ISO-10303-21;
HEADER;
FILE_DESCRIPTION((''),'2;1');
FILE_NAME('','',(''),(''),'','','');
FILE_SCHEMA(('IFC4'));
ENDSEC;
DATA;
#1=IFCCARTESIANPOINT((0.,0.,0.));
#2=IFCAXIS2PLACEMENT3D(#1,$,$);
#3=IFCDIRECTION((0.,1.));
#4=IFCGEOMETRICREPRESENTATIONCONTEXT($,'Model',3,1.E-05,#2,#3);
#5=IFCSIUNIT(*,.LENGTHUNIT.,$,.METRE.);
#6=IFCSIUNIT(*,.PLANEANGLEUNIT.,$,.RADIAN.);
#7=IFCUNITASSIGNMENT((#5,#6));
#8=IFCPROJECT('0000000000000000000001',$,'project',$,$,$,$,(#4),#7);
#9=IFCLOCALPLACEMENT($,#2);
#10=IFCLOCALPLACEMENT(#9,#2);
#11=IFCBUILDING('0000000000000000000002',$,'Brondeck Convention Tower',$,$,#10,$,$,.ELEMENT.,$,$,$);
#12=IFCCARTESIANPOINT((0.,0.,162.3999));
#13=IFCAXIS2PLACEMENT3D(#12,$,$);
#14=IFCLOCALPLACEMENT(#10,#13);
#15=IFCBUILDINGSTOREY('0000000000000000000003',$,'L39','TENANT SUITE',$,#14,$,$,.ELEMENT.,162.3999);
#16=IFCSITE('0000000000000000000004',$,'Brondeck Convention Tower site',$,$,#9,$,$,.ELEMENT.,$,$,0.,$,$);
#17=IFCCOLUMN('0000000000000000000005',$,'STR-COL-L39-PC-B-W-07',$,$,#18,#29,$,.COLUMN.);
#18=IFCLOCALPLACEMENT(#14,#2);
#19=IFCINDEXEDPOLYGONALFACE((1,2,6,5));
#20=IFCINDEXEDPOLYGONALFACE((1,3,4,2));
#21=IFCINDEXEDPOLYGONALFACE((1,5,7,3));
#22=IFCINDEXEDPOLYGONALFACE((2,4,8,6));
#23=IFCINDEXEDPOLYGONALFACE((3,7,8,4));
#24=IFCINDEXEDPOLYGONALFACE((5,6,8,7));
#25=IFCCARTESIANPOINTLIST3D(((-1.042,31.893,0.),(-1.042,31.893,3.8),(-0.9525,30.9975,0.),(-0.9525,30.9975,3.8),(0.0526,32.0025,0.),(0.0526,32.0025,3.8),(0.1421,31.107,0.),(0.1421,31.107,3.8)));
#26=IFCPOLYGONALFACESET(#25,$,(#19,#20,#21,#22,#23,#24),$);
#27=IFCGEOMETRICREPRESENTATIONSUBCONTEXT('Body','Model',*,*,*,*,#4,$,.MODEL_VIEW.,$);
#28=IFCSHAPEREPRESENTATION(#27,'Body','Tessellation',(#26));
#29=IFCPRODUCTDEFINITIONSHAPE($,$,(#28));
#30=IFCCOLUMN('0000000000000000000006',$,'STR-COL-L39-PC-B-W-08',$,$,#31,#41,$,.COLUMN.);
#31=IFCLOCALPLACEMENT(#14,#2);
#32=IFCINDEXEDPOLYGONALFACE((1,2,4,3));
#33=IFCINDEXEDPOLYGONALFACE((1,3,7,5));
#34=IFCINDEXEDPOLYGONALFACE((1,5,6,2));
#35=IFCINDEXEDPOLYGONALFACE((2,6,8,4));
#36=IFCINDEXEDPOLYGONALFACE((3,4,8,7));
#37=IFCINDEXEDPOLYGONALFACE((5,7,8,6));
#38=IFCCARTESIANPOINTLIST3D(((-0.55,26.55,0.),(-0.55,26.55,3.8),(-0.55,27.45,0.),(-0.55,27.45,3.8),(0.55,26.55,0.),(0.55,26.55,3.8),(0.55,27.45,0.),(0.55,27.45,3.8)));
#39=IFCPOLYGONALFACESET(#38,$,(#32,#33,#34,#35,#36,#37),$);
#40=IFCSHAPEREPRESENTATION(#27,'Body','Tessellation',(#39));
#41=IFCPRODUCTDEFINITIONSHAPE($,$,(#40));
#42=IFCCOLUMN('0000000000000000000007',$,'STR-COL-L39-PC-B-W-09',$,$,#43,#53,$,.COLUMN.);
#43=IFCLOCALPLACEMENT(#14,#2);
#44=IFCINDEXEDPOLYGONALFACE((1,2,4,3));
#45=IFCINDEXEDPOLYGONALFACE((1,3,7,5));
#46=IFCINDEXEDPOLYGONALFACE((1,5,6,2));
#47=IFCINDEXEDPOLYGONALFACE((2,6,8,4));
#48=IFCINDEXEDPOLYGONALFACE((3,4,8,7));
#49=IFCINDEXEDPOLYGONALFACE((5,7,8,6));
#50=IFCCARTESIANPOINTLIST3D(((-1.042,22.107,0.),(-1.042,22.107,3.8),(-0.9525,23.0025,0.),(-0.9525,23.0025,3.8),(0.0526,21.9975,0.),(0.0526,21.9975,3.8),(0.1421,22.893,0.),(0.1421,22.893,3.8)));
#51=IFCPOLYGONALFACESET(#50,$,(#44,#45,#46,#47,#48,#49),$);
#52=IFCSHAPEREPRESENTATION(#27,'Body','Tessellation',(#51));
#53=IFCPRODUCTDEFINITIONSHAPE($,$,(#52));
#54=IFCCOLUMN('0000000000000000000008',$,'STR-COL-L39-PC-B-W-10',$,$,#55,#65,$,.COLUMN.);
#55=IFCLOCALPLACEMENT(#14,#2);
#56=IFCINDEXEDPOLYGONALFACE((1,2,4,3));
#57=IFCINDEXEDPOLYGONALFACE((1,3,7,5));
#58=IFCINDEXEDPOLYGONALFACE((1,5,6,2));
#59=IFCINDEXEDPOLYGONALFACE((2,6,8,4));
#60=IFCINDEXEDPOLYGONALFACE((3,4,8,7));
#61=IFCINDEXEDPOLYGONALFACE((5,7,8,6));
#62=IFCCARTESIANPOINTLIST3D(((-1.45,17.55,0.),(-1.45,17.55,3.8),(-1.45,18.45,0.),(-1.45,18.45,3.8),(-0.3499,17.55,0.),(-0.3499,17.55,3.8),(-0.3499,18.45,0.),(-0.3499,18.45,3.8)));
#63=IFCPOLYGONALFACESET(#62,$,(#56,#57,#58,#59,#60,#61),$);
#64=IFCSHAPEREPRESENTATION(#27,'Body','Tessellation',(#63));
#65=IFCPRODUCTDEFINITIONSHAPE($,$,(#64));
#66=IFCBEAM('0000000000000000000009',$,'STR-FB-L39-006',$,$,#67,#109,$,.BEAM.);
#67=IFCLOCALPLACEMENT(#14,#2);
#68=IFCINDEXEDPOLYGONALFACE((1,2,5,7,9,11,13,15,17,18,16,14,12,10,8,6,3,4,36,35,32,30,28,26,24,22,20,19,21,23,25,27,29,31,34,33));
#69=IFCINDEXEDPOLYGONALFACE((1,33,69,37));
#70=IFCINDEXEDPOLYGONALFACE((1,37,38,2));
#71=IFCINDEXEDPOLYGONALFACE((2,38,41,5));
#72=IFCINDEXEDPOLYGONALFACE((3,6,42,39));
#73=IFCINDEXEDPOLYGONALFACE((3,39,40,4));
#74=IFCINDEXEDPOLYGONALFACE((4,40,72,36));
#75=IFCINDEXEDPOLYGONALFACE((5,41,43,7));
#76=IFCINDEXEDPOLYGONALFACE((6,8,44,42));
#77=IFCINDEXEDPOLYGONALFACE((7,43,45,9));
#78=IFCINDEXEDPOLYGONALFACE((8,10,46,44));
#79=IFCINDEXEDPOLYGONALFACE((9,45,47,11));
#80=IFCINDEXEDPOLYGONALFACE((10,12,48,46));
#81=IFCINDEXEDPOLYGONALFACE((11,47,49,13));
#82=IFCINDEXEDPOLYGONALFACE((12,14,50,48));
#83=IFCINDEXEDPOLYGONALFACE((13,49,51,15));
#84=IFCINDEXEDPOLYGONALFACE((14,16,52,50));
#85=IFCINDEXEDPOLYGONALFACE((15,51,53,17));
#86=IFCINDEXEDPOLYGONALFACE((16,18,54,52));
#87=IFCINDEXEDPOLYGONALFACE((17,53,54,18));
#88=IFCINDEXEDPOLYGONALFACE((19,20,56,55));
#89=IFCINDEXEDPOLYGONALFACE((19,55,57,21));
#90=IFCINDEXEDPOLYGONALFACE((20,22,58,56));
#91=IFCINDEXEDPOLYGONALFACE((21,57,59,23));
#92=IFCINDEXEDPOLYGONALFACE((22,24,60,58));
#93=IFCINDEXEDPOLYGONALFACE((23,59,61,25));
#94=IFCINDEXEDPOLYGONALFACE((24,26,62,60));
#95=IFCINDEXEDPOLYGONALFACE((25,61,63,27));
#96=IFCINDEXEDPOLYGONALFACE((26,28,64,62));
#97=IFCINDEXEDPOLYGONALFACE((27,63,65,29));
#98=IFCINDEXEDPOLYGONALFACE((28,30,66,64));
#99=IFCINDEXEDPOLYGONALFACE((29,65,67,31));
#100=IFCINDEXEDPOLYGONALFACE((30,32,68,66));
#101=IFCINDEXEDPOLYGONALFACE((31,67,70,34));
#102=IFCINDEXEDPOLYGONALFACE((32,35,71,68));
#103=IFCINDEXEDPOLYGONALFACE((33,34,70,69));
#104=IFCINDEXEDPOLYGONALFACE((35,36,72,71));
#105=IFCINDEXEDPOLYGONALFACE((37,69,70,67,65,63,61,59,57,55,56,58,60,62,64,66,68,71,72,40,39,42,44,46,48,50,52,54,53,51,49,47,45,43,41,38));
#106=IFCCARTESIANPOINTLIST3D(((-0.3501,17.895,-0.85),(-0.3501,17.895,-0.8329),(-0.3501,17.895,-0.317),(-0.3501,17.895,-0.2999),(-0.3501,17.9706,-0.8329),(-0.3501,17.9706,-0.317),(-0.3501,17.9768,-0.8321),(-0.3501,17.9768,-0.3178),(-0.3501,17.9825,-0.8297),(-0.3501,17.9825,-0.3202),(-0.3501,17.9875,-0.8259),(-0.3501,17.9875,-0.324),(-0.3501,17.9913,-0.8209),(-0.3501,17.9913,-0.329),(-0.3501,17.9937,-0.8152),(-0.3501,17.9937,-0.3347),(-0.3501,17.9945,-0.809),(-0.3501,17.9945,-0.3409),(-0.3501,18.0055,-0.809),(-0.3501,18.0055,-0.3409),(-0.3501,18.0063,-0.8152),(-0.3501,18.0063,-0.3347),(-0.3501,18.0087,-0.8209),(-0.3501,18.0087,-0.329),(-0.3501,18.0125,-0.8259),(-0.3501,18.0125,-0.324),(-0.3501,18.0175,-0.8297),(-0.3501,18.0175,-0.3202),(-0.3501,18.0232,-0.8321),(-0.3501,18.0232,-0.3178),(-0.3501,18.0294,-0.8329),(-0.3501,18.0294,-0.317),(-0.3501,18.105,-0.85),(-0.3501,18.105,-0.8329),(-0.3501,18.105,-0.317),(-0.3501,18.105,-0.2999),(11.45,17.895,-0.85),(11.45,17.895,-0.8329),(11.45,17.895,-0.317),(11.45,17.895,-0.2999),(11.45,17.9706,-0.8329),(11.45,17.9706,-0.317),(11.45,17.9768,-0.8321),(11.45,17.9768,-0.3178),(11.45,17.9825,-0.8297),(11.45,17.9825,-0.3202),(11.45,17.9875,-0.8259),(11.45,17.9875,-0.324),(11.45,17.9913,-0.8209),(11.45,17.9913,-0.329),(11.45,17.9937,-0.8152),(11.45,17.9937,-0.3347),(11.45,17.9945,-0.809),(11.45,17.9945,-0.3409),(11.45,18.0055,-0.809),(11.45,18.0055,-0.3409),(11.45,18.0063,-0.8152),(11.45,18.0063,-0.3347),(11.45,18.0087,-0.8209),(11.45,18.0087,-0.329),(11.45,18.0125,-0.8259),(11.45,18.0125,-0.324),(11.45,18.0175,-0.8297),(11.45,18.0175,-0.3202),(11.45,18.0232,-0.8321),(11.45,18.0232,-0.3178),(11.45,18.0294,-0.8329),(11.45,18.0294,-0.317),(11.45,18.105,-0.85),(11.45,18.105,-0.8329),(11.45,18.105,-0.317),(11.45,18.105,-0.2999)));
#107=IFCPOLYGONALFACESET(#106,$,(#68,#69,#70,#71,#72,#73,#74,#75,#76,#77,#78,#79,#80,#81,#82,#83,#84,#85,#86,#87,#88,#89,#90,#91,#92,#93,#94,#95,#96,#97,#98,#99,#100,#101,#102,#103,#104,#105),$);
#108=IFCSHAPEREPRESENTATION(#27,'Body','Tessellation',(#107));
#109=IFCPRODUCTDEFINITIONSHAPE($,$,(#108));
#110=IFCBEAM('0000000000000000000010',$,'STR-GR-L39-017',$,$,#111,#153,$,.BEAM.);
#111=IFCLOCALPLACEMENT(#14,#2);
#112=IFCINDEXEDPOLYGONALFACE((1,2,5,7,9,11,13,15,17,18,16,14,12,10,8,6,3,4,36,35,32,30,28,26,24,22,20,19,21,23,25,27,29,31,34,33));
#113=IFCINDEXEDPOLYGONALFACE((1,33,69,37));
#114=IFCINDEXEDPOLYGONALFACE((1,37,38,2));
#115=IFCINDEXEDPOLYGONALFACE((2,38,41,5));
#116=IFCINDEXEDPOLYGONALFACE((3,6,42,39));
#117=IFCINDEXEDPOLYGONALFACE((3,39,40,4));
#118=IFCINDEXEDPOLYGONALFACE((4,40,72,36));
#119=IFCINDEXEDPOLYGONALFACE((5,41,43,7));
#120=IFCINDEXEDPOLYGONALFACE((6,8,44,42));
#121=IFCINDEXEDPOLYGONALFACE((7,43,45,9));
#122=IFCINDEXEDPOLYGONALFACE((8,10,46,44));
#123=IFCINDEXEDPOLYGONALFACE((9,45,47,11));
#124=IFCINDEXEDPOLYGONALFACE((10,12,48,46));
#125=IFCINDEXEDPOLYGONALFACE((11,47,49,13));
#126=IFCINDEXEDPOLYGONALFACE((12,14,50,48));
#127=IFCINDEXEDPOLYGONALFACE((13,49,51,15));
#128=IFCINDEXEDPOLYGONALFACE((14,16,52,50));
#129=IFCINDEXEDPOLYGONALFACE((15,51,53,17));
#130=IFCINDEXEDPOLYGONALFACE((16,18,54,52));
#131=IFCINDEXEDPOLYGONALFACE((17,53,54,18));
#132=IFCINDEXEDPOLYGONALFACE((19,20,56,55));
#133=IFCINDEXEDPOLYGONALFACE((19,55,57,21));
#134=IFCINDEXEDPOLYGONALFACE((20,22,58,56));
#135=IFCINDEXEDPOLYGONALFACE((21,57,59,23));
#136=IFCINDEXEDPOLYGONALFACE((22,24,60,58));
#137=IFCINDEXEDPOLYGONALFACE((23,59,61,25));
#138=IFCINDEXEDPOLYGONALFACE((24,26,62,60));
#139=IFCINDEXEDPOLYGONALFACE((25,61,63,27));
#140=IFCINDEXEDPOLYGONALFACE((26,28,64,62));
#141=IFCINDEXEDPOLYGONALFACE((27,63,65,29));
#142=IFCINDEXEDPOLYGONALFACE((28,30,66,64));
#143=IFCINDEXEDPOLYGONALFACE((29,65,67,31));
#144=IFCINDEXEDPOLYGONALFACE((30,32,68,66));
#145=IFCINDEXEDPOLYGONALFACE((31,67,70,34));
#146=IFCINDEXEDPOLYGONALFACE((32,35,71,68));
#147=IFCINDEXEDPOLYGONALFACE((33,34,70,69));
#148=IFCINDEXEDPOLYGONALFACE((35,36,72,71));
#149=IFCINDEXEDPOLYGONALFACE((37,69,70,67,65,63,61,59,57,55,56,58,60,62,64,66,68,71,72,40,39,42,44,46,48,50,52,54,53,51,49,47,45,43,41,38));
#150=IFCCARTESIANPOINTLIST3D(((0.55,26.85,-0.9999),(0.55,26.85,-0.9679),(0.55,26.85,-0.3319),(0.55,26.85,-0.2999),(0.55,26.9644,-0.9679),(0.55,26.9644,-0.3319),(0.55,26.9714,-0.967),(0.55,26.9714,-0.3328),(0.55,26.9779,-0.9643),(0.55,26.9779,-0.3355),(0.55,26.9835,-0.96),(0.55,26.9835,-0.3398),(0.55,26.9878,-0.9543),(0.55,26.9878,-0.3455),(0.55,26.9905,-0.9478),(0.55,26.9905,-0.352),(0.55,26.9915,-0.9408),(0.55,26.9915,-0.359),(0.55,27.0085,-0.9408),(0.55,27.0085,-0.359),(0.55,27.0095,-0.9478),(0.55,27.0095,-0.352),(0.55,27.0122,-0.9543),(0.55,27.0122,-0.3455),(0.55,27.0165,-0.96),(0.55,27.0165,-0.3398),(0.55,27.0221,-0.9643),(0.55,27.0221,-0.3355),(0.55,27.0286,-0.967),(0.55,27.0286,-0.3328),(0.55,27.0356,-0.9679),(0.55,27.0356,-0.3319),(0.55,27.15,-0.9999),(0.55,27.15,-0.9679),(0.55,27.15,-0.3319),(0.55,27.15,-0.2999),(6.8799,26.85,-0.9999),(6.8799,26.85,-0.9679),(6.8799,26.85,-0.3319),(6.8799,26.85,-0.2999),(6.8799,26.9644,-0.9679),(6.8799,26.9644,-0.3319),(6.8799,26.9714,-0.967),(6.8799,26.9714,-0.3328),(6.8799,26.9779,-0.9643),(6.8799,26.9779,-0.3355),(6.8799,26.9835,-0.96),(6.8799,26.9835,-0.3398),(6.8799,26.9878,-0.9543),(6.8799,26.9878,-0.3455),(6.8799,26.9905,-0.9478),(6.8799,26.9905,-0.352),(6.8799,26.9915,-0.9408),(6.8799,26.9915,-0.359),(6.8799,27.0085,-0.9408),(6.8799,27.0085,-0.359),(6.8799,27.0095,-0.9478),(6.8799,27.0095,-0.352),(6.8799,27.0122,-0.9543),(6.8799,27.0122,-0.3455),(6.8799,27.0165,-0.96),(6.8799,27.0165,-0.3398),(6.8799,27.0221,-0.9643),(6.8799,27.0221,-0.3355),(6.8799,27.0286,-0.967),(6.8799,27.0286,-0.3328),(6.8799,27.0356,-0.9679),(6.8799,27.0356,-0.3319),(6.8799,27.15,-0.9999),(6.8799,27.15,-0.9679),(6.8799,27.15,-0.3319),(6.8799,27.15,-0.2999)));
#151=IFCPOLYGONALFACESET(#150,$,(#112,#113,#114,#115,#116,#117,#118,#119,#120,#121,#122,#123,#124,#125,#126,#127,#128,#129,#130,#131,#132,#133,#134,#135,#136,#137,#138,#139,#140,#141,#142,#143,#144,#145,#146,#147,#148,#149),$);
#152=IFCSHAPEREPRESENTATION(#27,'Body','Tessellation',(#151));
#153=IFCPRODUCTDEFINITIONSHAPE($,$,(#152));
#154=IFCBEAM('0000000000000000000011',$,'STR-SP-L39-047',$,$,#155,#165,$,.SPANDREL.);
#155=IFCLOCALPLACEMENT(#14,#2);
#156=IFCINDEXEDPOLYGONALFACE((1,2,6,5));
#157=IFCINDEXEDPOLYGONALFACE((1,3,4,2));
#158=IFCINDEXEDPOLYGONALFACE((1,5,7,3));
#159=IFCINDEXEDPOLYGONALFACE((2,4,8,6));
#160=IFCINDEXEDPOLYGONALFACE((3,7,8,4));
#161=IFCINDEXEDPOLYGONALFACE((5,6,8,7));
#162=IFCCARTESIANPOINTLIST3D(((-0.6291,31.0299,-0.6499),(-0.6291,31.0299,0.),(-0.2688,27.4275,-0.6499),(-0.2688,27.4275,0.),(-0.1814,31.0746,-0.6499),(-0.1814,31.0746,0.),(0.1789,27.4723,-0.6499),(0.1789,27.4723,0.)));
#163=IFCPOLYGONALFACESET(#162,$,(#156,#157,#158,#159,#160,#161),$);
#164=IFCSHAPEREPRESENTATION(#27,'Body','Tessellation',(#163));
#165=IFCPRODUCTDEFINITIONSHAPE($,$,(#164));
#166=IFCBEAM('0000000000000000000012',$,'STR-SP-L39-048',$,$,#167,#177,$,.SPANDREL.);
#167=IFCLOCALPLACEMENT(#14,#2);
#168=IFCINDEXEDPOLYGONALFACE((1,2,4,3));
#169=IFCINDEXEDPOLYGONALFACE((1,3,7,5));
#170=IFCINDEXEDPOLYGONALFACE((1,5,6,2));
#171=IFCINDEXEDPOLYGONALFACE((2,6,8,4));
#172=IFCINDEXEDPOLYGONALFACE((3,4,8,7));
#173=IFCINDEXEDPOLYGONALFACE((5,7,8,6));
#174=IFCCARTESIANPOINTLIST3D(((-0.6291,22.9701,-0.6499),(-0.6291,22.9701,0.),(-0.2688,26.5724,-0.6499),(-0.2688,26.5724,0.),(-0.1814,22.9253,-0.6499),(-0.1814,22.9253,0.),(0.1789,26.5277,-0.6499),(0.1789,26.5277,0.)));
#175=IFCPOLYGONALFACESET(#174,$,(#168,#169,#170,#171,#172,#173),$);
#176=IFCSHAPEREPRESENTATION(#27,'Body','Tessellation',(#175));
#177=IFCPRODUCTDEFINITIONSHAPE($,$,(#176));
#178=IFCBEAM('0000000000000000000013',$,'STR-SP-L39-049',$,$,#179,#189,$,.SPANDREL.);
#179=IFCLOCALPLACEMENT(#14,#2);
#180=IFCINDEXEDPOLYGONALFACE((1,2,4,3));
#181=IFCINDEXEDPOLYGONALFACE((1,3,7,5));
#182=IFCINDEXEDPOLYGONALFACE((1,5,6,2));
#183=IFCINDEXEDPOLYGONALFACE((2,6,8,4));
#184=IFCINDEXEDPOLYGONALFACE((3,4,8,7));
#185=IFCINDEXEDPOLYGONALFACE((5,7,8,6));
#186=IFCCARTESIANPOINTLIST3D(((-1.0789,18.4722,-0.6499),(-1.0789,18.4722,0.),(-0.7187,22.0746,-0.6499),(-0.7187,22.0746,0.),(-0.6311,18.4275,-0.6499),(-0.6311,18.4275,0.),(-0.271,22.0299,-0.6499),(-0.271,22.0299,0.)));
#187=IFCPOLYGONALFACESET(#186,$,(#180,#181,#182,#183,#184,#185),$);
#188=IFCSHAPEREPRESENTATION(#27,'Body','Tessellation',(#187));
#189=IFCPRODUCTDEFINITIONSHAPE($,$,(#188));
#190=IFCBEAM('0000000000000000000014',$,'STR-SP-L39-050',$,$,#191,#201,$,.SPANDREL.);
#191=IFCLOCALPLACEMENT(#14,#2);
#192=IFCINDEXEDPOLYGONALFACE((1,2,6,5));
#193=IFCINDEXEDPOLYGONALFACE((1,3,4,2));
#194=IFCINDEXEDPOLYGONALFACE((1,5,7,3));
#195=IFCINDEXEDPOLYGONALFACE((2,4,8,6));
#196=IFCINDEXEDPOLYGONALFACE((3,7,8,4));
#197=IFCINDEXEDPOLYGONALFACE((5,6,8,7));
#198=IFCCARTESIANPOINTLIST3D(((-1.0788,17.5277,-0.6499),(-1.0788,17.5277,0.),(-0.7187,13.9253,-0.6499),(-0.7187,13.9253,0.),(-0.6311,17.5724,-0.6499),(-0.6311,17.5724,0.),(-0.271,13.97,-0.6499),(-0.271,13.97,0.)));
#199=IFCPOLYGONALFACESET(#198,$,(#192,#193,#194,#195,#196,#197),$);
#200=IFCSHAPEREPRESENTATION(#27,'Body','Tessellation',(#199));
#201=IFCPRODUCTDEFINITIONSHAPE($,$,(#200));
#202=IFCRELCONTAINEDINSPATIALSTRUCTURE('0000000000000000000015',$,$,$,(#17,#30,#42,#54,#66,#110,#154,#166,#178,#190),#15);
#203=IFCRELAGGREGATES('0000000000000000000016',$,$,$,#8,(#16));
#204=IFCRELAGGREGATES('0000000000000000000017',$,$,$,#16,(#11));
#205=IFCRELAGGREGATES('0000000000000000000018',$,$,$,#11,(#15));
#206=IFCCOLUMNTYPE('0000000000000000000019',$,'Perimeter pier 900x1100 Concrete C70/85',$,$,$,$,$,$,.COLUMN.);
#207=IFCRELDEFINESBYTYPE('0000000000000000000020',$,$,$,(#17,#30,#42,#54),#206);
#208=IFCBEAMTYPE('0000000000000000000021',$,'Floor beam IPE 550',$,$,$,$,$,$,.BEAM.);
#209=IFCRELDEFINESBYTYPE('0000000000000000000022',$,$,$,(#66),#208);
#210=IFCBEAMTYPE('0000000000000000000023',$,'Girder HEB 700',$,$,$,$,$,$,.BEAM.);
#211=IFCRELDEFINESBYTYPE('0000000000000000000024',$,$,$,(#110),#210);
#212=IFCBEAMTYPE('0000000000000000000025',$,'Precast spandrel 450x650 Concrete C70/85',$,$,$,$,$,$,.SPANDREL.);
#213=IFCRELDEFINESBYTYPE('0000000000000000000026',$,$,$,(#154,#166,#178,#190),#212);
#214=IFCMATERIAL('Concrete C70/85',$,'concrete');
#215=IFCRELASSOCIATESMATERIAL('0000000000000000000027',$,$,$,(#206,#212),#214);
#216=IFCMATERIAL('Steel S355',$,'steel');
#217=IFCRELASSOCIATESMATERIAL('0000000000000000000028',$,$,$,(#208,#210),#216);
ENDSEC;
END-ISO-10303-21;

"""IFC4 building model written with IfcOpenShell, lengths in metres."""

from ifc_helpers import new_model, si_unit, direction, frame, origin, origin_2d, place, context, subcontext, project, spatial, rectangle, i_section, extrude, material, material_profile, profile_set, type_object, element, save


model = new_model("IFC4")

# Units and contexts
model_context = context("Model", 3, precision=1e-05, world=origin(), true_north=direction((0.0, 1.0)))
body_context = subcontext(model_context, "Body", "Model", "MODEL_VIEW")
ifc_project = project(units=[si_unit("LENGTHUNIT", "METRE"), si_unit("PLANEANGLEUNIT", "RADIAN")], contexts=[model_context])

# Site, building, storey
site_placement = place(None, origin())
site = spatial("IfcSite", under=ifc_project, at=site_placement, Name="Brondeck Convention Tower site", CompositionType="ELEMENT", RefElevation=0.0)
building_placement = place(site_placement, origin())
building = spatial("IfcBuilding", under=site, at=building_placement, Name="Brondeck Convention Tower", CompositionType="ELEMENT")
storey_placement = place(building_placement, frame((0.0, 0.0, 162.3999)))
storey = spatial("IfcBuildingStorey", under=building, at=storey_placement, Name="L39", Description="TENANT SUITE", CompositionType="ELEMENT", Elevation=162.3999)

# Columns
ifc_material_1 = material(Name="Concrete C70/85", Category="concrete")
ifc_material_profile_1 = material_profile(ifc_material_1, rectangle(XDim=0.8999, YDim=1.1001, at=origin_2d()), Name="Perimeter pier 900x1100 Concrete C70/85")
ifc_profile_set_1 = profile_set([ifc_material_profile_1], Name="Concrete C70/85")
column_type = type_object("IfcColumnType", Name="Perimeter pier 900x1100 Concrete C70/85", PredefinedType="COLUMN", material=ifc_profile_set_1)
for number, where, z_axis, x_axis, name in (
    (1, (-0.45, 31.5, 0.0), (0.0, 0.0, 1.0), (0.099504, -0.995037, 0.0), "STR-COL-L39-PC-B-W-07"),
    (2, (0.0, 27.0, 0.0), (0.0, 0.0, 1.0), (0.0, -1.0, 0.0), "STR-COL-L39-PC-B-W-08"),
    (3, (-0.45, 22.5, 0.0), (0.0, 0.0, 1.0), (-0.099504, -0.995037, 0.0), "STR-COL-L39-PC-B-W-09"),
    (4, (-0.8999, 18.0, 0.0), (0.0, 0.0, 1.0), (0.0, -1.0, 0.0), "STR-COL-L39-PC-B-W-10"),
):
    element("IfcColumn", number, at=place(storey_placement, frame(where, z_axis=z_axis, x_axis=x_axis)), inside=storey, type_object=column_type, Name=name, PredefinedType="COLUMN", context=body_context, shape_type="SweptSolid", body=[
        extrude(rectangle(XDim=0.8999, YDim=1.1001, at=origin_2d()), origin(), (0.0, 0.0, 1.0), 3.8),
    ])

# Beams
ifc_material_2 = material(Name="Steel S355", Category="steel")
ifc_material_profile_2 = material_profile(ifc_material_2, i_section(OverallWidth=0.21, OverallDepth=0.55, WebThickness=0.011, FlangeThickness=0.0171, FilletRadius=0.0239, at=origin_2d()), Name="IPE 550")
ifc_profile_set_2 = profile_set([ifc_material_profile_2], Name="Steel S355")
beam_type_1 = type_object("IfcBeamType", Name="Floor beam IPE 550", PredefinedType="BEAM", material=ifc_profile_set_2)
beam_1_placement = place(storey_placement, frame((-0.3501, 18.0, -0.575), z_axis=(1.0, 0.0, 0.0), x_axis=(0.0, 1.0, 0.0)))
element("IfcBeam", 5, at=beam_1_placement, inside=storey, type_object=beam_type_1, Name="STR-FB-L39-006", PredefinedType="BEAM", context=body_context, shape_type="SweptSolid", body=[
    extrude(i_section(OverallWidth=0.21, OverallDepth=0.55, WebThickness=0.011, FlangeThickness=0.0171, FilletRadius=0.0239, at=origin_2d()), origin(), (0.0, 0.0, 1.0), 11.8),
])
ifc_material_profile_3 = material_profile(ifc_material_2, i_section(OverallWidth=0.3, OverallDepth=0.7, WebThickness=0.0171, FlangeThickness=0.032, FilletRadius=0.0271, at=origin_2d()), Name="HEB 700")
ifc_profile_set_3 = profile_set([ifc_material_profile_3], Name="Steel S355")
beam_type_2 = type_object("IfcBeamType", Name="Girder HEB 700", PredefinedType="BEAM", material=ifc_profile_set_3)
beam_2_placement = place(storey_placement, frame((0.55, 27.0, -0.6499), z_axis=(1.0, 0.0, 0.0), x_axis=(0.0, 1.0, 0.0)))
element("IfcBeam", 6, at=beam_2_placement, inside=storey, type_object=beam_type_2, Name="STR-GR-L39-017", PredefinedType="BEAM", context=body_context, shape_type="SweptSolid", body=[
    extrude(i_section(OverallWidth=0.3, OverallDepth=0.7, WebThickness=0.0171, FlangeThickness=0.032, FilletRadius=0.0271, at=origin_2d()), origin(), (0.0, 0.0, 1.0), 6.3298),
])
ifc_material_profile_4 = material_profile(ifc_material_1, rectangle(XDim=0.45, YDim=0.6499, at=origin_2d()), Name="Precast spandrel 450x650 Concrete C70/85")
ifc_profile_set_4 = profile_set([ifc_material_profile_4], Name="Concrete C70/85")
beam_type_3 = type_object("IfcBeamType", Name="Precast spandrel 450x650 Concrete C70/85", PredefinedType="SPANDREL", material=ifc_profile_set_4)
for number, where, z_axis, x_axis, name in (
    (7, (-0.4053, 31.0522, -0.325), (0.099537, -0.995034, 0.0), (0.995034, 0.099537, 0.0), "STR-SP-L39-047"),
    (8, (-0.0449, 26.55, -0.325), (-0.099537, -0.995034, 0.0), (0.995034, -0.099537, 0.0), "STR-SP-L39-048"),
    (9, (-0.4949, 22.0522, -0.325), (-0.09947, -0.995041, 0.0), (0.995041, -0.09947, 0.0), "STR-SP-L39-049"),
    (10, (-0.855, 17.55, -0.325), (0.09947, -0.995041, 0.0), (0.995041, 0.09947, 0.0), "STR-SP-L39-050"),
):
    element("IfcBeam", number, at=place(storey_placement, frame(where, z_axis=z_axis, x_axis=x_axis)), inside=storey, type_object=beam_type_3, Name=name, PredefinedType="SPANDREL", context=body_context, shape_type="SweptSolid", body=[
        extrude(rectangle(XDim=0.45, YDim=0.6499, at=origin_2d()), origin(), (0.0, 0.0, 1.0), 3.6204),
    ])

save(model, "model.ifc")
